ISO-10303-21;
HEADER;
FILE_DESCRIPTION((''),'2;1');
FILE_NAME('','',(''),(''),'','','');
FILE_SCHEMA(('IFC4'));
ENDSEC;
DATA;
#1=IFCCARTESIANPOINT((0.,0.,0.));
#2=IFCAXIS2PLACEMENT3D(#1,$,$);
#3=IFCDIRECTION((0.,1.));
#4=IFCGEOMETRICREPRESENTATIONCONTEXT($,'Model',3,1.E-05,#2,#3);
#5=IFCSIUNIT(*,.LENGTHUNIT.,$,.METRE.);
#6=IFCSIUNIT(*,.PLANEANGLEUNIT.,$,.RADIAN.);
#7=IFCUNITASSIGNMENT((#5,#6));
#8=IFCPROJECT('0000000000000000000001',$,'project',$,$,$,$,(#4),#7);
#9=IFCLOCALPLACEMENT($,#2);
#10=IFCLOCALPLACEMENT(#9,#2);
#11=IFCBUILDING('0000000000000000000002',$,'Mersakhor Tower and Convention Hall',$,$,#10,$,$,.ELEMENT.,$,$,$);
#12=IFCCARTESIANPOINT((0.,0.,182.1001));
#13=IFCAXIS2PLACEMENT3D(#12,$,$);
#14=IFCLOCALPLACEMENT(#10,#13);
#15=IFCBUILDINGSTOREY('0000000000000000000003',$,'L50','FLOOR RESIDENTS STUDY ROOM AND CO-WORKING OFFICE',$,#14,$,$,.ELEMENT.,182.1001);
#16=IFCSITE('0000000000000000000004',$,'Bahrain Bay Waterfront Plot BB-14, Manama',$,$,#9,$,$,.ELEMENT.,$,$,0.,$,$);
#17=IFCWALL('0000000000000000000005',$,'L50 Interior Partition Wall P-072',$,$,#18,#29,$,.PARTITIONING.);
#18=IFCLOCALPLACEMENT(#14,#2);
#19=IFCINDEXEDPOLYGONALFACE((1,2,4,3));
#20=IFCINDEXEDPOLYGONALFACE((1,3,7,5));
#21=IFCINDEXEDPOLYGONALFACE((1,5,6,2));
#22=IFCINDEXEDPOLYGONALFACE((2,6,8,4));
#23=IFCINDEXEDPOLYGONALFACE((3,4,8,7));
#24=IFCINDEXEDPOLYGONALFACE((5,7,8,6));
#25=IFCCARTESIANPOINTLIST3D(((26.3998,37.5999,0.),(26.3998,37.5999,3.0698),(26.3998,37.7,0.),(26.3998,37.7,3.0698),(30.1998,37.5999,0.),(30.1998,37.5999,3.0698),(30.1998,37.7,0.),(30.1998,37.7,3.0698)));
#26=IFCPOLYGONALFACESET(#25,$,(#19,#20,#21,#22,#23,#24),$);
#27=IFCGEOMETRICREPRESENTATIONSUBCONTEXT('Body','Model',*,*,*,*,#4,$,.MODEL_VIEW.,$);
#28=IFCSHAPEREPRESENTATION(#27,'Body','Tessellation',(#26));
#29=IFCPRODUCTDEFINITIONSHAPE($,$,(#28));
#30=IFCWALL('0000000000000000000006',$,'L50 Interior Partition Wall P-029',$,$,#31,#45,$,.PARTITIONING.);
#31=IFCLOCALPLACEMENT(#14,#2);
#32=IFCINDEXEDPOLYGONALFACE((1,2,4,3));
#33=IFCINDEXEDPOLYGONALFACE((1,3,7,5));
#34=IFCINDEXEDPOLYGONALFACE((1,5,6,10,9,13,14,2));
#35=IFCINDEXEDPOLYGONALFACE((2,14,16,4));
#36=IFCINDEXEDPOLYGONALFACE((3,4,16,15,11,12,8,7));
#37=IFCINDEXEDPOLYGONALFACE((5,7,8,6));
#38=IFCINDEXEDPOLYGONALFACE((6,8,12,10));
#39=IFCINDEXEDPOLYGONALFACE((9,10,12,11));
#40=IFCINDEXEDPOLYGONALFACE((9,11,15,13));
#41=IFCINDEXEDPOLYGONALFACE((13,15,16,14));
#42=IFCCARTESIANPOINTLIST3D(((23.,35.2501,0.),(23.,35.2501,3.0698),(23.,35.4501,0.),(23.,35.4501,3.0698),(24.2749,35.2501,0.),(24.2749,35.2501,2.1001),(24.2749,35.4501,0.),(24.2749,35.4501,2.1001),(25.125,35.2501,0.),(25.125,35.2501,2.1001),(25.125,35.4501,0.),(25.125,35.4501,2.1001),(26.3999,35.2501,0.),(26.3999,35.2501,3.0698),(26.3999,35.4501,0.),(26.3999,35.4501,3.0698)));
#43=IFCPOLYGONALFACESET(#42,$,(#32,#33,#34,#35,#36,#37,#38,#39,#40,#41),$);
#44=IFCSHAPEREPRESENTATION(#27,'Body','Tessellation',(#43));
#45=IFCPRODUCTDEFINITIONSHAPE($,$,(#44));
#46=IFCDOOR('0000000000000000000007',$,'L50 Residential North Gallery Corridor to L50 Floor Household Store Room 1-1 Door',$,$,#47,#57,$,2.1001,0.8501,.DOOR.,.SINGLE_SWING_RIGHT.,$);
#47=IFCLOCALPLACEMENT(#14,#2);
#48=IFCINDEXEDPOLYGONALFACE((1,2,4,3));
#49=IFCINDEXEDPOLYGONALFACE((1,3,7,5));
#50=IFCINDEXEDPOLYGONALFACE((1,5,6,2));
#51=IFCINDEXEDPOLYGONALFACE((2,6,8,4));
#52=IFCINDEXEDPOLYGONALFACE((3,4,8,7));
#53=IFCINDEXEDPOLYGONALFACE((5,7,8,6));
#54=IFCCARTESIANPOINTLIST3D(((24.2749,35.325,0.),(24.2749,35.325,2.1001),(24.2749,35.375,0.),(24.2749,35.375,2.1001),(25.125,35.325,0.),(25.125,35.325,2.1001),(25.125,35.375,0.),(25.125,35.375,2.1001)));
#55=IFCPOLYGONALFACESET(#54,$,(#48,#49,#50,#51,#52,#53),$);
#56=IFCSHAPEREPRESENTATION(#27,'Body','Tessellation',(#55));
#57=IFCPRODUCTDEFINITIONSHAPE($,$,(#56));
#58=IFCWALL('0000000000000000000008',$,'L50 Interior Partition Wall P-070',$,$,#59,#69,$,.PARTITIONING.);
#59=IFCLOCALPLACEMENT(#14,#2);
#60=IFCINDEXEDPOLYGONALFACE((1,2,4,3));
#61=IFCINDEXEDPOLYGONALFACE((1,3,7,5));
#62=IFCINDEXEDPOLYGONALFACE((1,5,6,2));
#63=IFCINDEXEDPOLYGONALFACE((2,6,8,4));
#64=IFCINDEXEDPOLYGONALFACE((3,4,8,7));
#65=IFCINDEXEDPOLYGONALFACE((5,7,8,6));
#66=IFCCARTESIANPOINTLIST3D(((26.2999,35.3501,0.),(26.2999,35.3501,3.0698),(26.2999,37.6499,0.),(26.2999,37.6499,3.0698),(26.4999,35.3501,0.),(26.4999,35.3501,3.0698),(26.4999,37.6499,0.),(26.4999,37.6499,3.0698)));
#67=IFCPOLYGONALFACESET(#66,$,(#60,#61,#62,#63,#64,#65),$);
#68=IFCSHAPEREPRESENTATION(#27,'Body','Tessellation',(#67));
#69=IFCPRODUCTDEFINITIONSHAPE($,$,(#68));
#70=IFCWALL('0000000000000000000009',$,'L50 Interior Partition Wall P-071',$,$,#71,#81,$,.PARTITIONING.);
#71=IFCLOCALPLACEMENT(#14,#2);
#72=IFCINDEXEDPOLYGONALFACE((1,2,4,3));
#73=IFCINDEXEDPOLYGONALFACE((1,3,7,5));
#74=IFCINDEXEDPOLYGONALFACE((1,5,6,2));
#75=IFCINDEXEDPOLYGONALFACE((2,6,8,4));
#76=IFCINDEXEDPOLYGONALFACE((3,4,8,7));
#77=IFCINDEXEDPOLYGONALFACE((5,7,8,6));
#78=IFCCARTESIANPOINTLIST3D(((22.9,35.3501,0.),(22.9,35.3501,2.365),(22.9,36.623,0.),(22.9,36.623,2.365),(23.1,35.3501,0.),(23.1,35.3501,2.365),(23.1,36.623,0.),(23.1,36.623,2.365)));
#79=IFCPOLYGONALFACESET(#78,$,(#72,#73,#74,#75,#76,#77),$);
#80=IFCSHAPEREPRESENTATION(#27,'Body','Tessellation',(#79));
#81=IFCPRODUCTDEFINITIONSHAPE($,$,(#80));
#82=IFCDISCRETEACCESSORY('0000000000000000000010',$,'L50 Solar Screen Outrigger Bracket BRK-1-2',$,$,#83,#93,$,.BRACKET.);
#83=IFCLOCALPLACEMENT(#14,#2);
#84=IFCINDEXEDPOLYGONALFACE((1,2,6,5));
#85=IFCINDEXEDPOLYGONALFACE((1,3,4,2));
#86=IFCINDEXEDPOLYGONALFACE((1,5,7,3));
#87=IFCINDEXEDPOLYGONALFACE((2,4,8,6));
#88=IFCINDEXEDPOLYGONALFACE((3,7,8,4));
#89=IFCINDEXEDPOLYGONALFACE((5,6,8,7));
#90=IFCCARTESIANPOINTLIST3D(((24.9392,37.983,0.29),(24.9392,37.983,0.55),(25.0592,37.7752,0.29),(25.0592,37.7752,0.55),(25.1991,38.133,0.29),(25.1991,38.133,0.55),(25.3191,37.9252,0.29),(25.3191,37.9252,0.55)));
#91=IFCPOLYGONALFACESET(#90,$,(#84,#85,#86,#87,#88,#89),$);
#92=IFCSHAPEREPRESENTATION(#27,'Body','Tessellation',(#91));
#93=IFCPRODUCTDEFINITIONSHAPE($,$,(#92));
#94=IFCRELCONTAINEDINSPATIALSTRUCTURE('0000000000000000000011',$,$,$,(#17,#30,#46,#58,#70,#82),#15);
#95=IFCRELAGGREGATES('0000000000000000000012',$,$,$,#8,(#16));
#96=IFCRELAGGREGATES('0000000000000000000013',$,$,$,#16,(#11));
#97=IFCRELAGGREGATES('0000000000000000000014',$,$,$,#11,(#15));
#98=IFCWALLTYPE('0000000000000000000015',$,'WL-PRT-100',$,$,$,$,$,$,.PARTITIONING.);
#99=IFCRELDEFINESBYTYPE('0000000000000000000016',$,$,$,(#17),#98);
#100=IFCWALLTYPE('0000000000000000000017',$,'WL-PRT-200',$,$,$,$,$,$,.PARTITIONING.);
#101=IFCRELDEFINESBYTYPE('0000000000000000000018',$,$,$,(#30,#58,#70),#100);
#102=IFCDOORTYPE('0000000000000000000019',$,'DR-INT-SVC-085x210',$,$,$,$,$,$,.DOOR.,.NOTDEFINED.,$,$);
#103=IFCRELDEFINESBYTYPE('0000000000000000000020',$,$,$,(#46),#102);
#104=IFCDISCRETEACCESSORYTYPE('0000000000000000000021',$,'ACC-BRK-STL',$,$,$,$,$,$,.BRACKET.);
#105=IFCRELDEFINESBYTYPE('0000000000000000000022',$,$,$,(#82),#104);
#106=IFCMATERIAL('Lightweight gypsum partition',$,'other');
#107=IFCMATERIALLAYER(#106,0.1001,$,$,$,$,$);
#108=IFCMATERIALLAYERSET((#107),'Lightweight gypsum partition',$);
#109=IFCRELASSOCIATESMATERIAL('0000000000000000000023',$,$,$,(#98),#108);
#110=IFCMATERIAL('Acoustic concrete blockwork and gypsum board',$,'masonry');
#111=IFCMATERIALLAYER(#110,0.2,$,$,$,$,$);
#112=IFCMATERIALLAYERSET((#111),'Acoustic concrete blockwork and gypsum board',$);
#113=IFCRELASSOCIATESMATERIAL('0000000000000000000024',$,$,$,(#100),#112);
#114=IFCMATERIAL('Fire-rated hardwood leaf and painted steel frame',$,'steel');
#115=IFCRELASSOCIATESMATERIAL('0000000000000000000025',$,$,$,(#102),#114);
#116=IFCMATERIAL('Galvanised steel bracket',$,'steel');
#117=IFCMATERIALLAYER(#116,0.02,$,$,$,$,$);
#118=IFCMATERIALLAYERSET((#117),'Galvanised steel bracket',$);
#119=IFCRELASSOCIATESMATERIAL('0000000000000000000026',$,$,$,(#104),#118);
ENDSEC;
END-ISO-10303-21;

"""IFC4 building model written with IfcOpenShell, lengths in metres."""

from ifc_helpers import new_model, si_unit, direction, frame, frame_2d, origin, origin_2d, place, context, subcontext, project, spatial, rectangle, extrude, material, layer, layer_set, type_object, element, fill, save


model = new_model("IFC4")

# Units and contexts
model_context = context("Model", 3, precision=1e-05, world=origin(), true_north=direction((0.0, 1.0)))
body_context = subcontext(model_context, "Body", "Model", "MODEL_VIEW")
ifc_project = project(units=[si_unit("LENGTHUNIT", "METRE"), si_unit("PLANEANGLEUNIT", "RADIAN")], contexts=[model_context])

# Site, building, storey
site_placement = place(None, origin())
site = spatial("IfcSite", under=ifc_project, at=site_placement, Name="Bahrain Bay Waterfront Plot BB-14, Manama", CompositionType="ELEMENT", RefElevation=0.0)
building_placement = place(site_placement, origin())
building = spatial("IfcBuilding", under=site, at=building_placement, Name="Mersakhor Tower and Convention Hall", CompositionType="ELEMENT")
storey_placement = place(building_placement, frame((0.0, 0.0, 182.1001)))
storey = spatial("IfcBuildingStorey", under=building, at=storey_placement, Name="L50", Description="FLOOR RESIDENTS STUDY ROOM AND CO-WORKING OFFICE", CompositionType="ELEMENT", Elevation=182.1001)

# Wall
ifc_material_1 = material(Name="Lightweight gypsum partition", Category="other")
ifc_layer_1 = layer(ifc_material_1, 0.1001)
ifc_layer_set_1 = layer_set([ifc_layer_1], Name="Lightweight gypsum partition")
wall_type_1 = type_object("IfcWallType", Name="WL-PRT-100", PredefinedType="PARTITIONING", material=ifc_layer_set_1)
wall_1_placement = place(storey_placement, frame((26.3999, 37.6499, 0.0), z_axis=(0.0, 0.0, 1.0), x_axis=(1.0, 0.0, 0.0)))
element("IfcWall", 1, at=wall_1_placement, inside=storey, type_object=wall_type_1, Name="L50 Interior Partition Wall P-072", PredefinedType="PARTITIONING", context=body_context, shape_type="SweptSolid", body=[
    extrude(rectangle(XDim=3.8, YDim=0.1001, at=frame_2d((1.8999, 0.0))), origin(), (0.0, 0.0, 1.0), 3.0698),
])

# Wall, opening, door
ifc_material_2 = material(Name="Acoustic concrete blockwork and gypsum board", Category="masonry")
ifc_layer_2 = layer(ifc_material_2, 0.2)
ifc_layer_set_2 = layer_set([ifc_layer_2], Name="Acoustic concrete blockwork and gypsum board")
wall_type_2 = type_object("IfcWallType", Name="WL-PRT-200", PredefinedType="PARTITIONING", material=ifc_layer_set_2)
wall_2_placement = place(storey_placement, frame((23.0, 35.3501, 0.0), z_axis=(0.0, 0.0, 1.0), x_axis=(1.0, 0.0, 0.0)))
wall_2 = element("IfcWall", 2, at=wall_2_placement, inside=storey, type_object=wall_type_2, Name="L50 Interior Partition Wall P-029", PredefinedType="PARTITIONING", context=body_context, shape_type="SweptSolid", body=[
    extrude(rectangle(XDim=3.3999, YDim=0.2, at=frame_2d((1.7, 0.0))), origin(), (0.0, 0.0, 1.0), 3.0698),
])
opening_1_placement = place(wall_2_placement, frame((1.2749, 0.0, 0.0)))
opening_1 = element("IfcOpeningElement", 3, at=opening_1_placement, cuts=wall_2, PredefinedType="OPENING", context=body_context, shape_type="SweptSolid", body=[
    extrude(rectangle(XDim=0.8501, YDim=2.1001, at=frame_2d((0.425, 1.05))), frame((0.0, 0.1099, 0.0), z_axis=(0.0, -1.0, 0.0), x_axis=(1.0, 0.0, 0.0)), (0.0, 0.0, 1.0), 0.22),
])
ifc_material_3 = material(Name="Fire-rated hardwood leaf and painted steel frame", Category="steel")
door_type_1 = type_object("IfcDoorType", Name="DR-INT-SVC-085x210", OperationType="NOTDEFINED", PredefinedType="DOOR", material=ifc_material_3)
door_1_placement = place(opening_1_placement, origin())
door_1 = element("IfcDoor", 4, at=door_1_placement, inside=storey, type_object=door_type_1, Name="L50 Residential North Gallery Corridor to L50 Floor Household Store Room 1-1 Door", OperationType="SINGLE_SWING_RIGHT", OverallHeight=2.1001, OverallWidth=0.8501, PredefinedType="DOOR", context=body_context, shape_type="SweptSolid", body=[
    extrude(rectangle(XDim=0.8501, YDim=2.1001, at=frame_2d((0.425, 1.05))), frame((0.0, 0.0249, 0.0), z_axis=(0.0, -1.0, 0.0), x_axis=(1.0, 0.0, 0.0)), (0.0, 0.0, 1.0), 0.05),
])
fill(opening_1, door_1)

# Walls
wall_3_placement = place(storey_placement, frame((26.3999, 37.6499, 0.0), z_axis=(0.0, 0.0, 1.0), x_axis=(0.0, -1.0, 0.0)))
element("IfcWall", 5, at=wall_3_placement, inside=storey, type_object=wall_type_2, Name="L50 Interior Partition Wall P-070", PredefinedType="PARTITIONING", context=body_context, shape_type="SweptSolid", body=[
    extrude(rectangle(XDim=2.2998, YDim=0.2, at=frame_2d((1.1499, 0.0))), origin(), (0.0, 0.0, 1.0), 3.0698),
])
wall_4_placement = place(storey_placement, frame((23.0, 35.3501, 0.0), z_axis=(0.0, 0.0, 1.0), x_axis=(0.0, 1.0, 0.0)))
element("IfcWall", 6, at=wall_4_placement, inside=storey, type_object=wall_type_2, Name="L50 Interior Partition Wall P-071", PredefinedType="PARTITIONING", context=body_context, shape_type="SweptSolid", body=[
    extrude(rectangle(XDim=1.2729, YDim=0.2, at=frame_2d((0.6365, 0.0))), origin(), (0.0, 0.0, 1.0), 2.365),
])

# Discrete accessory
ifc_material_4 = material(Name="Galvanised steel bracket", Category="steel")
ifc_layer_3 = layer(ifc_material_4, 0.02)
ifc_layer_set_3 = layer_set([ifc_layer_3], Name="Galvanised steel bracket")
discrete_accessory_type = type_object("IfcDiscreteAccessoryType", Name="ACC-BRK-STL", PredefinedType="BRACKET", material=ifc_layer_set_3)
discrete_accessory_placement = place(storey_placement, frame((25.1292, 37.9541, 0.29), z_axis=(0.0, 0.0, 1.0), x_axis=(0.866025, 0.5, 0.0)))
element("IfcDiscreteAccessory", 7, at=discrete_accessory_placement, inside=storey, type_object=discrete_accessory_type, Name="L50 Solar Screen Outrigger Bracket BRK-1-2", PredefinedType="BRACKET", context=body_context, shape_type="SweptSolid", body=[
    extrude(rectangle(XDim=0.3, YDim=0.24, at=origin_2d()), origin(), (0.0, 0.0, 1.0), 0.26),
])

save(model, "model.ifc")
